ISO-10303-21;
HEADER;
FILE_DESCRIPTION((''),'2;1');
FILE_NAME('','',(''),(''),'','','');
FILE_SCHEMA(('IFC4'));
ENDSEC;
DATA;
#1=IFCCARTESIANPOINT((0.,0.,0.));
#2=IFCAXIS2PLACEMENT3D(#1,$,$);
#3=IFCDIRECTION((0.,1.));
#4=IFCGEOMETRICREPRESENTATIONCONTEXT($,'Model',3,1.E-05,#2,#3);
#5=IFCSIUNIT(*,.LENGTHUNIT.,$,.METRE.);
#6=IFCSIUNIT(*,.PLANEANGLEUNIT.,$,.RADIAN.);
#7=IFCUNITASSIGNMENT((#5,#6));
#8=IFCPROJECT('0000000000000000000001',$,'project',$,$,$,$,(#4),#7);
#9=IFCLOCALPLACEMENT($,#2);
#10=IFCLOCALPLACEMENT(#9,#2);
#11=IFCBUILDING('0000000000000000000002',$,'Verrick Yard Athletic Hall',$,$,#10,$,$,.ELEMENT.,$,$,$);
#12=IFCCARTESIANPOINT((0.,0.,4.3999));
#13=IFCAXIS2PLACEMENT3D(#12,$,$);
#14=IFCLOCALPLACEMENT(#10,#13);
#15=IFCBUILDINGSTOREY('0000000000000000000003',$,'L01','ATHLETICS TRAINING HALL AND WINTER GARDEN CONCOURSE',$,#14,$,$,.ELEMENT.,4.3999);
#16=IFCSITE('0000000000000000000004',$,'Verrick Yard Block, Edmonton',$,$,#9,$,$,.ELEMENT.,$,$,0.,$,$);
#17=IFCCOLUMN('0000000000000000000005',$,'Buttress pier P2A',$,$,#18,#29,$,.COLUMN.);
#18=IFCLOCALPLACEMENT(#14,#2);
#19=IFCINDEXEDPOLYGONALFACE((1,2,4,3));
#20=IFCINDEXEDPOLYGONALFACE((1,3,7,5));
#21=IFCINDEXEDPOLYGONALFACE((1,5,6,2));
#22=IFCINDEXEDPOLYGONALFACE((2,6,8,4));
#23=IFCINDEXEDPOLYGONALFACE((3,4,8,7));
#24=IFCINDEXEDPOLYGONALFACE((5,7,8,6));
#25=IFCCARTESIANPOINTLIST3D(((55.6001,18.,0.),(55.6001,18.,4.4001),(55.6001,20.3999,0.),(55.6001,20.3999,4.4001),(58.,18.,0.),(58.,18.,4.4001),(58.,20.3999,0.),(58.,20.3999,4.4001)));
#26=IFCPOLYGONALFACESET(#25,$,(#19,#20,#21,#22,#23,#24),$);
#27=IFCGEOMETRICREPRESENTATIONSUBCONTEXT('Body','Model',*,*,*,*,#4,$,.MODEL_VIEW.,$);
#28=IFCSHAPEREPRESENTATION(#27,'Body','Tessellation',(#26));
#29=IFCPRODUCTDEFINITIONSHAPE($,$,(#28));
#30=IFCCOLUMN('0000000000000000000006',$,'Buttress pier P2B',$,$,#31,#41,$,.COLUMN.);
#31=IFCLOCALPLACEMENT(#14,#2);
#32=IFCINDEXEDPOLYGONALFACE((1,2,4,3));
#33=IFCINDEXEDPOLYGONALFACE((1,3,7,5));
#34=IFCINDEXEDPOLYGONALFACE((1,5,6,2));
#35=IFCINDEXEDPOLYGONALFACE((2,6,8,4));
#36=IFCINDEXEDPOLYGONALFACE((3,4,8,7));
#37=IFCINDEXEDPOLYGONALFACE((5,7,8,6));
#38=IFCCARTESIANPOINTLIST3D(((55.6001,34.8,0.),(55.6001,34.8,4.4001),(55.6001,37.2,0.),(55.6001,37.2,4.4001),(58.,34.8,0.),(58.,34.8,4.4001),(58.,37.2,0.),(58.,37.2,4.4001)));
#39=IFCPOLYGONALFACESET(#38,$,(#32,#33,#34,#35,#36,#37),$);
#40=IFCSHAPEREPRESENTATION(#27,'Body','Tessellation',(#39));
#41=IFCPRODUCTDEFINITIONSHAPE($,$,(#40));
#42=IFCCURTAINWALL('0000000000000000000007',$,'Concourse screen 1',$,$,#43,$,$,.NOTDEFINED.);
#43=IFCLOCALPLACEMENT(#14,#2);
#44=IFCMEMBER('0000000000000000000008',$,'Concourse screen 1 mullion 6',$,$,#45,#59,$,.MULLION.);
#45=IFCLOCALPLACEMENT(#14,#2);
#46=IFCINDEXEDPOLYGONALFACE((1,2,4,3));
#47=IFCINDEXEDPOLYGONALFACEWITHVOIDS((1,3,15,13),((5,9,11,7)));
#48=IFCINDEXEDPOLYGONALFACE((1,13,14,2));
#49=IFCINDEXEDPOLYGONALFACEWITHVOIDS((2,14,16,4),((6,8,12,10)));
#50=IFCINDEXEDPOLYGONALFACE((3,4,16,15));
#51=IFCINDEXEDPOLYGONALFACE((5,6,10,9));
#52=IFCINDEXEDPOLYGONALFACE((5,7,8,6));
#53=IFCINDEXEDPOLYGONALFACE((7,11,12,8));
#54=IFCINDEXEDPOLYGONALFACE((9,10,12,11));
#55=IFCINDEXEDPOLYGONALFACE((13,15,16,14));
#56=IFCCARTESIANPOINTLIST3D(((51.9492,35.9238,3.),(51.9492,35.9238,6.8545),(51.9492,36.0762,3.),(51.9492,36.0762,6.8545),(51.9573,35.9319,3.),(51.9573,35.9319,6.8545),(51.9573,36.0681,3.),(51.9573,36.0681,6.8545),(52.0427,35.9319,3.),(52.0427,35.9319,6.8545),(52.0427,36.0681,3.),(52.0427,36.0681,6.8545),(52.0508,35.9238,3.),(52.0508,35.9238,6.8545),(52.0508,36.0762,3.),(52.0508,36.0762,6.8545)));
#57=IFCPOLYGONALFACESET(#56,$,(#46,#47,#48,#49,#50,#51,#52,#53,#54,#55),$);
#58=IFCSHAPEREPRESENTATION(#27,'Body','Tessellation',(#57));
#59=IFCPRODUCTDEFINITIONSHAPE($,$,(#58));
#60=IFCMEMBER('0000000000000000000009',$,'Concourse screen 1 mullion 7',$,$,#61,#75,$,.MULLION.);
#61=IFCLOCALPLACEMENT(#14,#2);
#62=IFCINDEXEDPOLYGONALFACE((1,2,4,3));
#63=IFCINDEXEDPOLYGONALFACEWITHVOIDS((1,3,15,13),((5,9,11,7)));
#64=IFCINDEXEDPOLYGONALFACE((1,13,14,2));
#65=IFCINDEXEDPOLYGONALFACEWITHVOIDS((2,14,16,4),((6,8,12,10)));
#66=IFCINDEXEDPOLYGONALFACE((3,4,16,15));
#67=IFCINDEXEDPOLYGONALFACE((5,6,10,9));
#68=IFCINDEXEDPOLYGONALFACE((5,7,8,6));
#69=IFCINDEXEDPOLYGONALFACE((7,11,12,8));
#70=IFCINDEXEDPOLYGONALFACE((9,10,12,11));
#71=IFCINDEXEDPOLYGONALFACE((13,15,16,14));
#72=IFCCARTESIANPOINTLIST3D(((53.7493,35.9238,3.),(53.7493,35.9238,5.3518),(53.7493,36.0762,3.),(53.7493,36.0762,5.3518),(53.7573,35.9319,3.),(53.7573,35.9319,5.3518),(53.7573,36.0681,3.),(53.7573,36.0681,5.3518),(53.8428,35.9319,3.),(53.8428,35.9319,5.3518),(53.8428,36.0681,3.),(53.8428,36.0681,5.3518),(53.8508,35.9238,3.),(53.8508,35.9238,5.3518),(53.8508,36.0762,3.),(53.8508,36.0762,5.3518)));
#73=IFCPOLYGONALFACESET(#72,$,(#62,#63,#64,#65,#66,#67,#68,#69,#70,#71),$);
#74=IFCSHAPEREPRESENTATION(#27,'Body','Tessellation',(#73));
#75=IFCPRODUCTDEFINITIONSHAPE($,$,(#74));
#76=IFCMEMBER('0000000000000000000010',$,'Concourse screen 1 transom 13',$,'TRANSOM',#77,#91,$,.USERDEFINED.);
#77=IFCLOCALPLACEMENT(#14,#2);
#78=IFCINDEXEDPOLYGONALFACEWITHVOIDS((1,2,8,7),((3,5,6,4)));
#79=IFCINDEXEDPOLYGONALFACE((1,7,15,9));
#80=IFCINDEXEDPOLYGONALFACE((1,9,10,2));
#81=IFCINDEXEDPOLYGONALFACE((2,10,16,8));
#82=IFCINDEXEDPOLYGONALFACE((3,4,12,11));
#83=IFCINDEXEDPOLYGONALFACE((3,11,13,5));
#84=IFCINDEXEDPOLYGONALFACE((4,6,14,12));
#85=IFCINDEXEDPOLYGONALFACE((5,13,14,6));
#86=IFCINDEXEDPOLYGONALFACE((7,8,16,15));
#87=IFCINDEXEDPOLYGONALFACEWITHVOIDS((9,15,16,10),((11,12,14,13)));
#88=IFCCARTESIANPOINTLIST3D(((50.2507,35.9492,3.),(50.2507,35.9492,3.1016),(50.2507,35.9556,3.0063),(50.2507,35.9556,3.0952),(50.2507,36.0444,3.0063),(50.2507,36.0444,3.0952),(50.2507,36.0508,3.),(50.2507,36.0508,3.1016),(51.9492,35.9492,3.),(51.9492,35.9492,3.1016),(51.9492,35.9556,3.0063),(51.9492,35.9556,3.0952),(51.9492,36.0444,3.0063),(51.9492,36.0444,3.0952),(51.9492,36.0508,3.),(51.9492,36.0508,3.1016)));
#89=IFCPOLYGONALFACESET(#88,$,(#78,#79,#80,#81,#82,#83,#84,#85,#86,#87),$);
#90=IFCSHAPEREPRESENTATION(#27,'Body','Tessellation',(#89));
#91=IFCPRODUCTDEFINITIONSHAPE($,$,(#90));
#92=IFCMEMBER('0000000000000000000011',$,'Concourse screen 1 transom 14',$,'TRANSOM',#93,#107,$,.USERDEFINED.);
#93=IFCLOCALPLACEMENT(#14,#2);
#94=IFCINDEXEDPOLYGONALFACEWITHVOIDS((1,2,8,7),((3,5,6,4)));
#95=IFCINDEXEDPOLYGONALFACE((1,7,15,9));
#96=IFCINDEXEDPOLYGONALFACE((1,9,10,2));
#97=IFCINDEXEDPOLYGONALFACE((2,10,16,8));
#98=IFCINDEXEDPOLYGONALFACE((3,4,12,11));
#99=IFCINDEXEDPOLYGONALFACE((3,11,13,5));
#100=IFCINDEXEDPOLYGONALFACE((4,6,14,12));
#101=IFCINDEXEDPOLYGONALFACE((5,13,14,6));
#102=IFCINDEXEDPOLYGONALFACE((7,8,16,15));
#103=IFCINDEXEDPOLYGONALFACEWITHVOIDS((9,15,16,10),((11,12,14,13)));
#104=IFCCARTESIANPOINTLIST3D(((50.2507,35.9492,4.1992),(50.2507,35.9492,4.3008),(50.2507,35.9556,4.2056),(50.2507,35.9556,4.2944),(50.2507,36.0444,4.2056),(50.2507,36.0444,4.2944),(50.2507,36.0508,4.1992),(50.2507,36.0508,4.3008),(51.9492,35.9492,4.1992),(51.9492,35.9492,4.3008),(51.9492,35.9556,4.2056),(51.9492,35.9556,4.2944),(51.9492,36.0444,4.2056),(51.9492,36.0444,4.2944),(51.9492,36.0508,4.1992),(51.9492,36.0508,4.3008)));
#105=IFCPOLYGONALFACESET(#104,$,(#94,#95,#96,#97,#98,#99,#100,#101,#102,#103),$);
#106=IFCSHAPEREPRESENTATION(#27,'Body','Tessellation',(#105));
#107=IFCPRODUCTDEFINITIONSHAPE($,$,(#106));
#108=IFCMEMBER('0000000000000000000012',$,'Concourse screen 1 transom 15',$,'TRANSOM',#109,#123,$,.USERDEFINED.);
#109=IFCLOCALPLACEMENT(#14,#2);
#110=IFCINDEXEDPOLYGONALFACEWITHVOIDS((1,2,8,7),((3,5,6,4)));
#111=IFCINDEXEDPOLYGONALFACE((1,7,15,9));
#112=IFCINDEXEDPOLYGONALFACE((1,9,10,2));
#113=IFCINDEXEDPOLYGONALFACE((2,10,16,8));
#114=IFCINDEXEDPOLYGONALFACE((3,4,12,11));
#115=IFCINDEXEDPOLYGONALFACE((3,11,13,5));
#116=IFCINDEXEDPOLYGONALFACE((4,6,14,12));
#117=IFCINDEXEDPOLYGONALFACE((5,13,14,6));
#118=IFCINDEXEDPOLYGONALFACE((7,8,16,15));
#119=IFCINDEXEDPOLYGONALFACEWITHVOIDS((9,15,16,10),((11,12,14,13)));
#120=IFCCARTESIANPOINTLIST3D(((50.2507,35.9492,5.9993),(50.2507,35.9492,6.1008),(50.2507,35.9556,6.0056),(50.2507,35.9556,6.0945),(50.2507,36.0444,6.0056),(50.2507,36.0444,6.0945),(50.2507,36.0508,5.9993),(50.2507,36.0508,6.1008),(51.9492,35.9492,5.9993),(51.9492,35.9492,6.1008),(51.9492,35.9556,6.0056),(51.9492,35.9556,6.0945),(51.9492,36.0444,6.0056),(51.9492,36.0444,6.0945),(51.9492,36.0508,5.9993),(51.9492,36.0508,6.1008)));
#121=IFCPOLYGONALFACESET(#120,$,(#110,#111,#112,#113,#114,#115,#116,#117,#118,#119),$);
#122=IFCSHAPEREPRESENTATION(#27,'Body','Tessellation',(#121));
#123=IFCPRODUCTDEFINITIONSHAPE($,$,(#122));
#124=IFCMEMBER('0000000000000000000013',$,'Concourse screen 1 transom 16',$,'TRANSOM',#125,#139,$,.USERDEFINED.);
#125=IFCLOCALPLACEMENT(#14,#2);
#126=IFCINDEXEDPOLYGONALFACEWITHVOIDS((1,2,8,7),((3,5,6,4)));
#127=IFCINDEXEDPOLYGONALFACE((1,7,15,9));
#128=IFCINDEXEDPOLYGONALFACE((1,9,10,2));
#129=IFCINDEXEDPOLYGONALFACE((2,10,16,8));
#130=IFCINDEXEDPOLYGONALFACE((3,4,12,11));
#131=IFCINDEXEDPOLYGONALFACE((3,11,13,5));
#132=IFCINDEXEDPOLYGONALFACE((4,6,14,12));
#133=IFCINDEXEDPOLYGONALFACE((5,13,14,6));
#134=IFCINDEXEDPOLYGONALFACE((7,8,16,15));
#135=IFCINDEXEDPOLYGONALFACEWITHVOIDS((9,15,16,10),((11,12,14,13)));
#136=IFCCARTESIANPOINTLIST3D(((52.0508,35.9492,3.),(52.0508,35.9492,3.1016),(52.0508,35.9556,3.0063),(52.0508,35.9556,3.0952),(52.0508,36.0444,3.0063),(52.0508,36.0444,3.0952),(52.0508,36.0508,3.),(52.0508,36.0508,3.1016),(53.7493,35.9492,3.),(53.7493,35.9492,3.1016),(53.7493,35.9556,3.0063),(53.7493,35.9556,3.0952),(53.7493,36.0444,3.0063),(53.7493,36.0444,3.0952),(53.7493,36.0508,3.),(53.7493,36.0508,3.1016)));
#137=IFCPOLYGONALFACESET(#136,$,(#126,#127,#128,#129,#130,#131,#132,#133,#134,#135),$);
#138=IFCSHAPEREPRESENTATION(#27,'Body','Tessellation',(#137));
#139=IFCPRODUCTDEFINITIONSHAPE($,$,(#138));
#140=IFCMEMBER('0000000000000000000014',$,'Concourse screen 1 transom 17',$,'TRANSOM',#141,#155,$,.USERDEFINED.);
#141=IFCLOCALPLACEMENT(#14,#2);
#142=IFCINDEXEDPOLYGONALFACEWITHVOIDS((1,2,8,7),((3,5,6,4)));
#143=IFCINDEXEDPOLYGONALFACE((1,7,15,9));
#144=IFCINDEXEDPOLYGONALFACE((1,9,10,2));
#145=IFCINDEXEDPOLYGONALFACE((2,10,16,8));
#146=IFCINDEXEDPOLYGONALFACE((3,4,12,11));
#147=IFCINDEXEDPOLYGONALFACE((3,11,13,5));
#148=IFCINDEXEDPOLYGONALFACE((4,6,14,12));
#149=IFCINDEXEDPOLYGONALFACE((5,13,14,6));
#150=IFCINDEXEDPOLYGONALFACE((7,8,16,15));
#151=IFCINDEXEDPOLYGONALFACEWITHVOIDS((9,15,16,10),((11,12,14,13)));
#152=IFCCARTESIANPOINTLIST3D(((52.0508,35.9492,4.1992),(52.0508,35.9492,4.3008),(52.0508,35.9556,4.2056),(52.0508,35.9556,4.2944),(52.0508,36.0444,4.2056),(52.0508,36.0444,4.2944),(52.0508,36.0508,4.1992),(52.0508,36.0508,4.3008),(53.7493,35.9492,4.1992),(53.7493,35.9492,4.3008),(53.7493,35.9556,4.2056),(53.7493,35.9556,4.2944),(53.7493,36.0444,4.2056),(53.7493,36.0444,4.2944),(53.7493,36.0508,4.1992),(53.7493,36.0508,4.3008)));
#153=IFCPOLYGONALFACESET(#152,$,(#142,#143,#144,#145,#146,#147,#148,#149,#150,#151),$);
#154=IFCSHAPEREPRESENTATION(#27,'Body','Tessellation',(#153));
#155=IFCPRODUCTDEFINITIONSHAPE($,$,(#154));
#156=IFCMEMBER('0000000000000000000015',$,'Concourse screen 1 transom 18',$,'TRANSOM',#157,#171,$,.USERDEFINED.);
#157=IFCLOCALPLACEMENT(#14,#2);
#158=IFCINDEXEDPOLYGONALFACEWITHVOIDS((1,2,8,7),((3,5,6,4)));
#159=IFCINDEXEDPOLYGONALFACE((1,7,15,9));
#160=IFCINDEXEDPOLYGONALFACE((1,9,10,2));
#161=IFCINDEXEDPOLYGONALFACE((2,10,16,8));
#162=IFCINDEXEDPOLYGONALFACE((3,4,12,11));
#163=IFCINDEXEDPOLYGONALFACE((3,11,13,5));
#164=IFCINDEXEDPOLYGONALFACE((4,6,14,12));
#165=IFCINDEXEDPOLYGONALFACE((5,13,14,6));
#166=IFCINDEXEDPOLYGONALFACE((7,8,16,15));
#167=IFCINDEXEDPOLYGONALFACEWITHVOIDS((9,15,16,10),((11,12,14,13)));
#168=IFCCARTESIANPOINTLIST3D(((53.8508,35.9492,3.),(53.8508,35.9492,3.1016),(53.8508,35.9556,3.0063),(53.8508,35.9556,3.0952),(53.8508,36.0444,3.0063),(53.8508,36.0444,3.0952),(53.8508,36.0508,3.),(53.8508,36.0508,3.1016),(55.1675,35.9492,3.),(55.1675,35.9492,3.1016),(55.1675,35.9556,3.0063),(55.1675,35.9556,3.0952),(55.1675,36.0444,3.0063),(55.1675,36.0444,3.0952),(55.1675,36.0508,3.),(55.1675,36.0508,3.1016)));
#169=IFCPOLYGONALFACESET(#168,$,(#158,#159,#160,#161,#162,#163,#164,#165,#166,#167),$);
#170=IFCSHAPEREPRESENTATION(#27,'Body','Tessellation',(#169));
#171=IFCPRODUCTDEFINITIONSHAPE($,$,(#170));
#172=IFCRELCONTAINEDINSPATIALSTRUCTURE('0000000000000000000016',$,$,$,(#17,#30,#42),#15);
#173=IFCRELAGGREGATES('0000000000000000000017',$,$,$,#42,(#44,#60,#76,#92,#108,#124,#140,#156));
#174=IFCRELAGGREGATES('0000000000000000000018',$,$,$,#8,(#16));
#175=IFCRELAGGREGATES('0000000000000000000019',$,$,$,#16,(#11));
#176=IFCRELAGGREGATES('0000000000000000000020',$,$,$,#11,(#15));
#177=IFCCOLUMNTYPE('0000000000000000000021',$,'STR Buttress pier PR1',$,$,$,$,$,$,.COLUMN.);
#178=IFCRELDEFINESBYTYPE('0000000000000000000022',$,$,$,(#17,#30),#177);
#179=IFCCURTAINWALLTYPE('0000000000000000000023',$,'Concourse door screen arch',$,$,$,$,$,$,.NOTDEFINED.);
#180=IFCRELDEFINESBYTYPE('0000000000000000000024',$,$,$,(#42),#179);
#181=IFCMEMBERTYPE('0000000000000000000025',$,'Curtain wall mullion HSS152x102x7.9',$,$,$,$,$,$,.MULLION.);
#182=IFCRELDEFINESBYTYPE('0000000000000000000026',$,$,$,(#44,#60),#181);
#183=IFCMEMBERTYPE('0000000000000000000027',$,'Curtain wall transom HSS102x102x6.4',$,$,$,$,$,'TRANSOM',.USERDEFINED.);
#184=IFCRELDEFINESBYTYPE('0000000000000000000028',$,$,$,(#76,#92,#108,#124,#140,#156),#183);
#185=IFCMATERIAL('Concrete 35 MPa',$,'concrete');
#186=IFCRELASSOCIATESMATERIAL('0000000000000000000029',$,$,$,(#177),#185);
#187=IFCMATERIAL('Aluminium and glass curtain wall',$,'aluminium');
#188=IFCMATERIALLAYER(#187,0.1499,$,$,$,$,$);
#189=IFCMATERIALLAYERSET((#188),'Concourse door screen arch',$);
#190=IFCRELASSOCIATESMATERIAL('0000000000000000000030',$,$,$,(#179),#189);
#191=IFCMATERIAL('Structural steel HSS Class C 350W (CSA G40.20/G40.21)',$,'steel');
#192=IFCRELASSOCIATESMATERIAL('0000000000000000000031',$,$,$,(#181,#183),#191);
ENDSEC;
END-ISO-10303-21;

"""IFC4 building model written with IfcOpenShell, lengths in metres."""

from ifc_helpers import new_model, si_unit, direction, frame, origin, origin_2d, place, context, subcontext, project, spatial, rectangle, hollow_rectangle, extrude, material, layer, layer_set, material_profile, profile_set, type_object, element, aggregate, save


model = new_model("IFC4")

# Units and contexts
model_context = context("Model", 3, precision=1e-05, world=origin(), true_north=direction((0.0, 1.0)))
body_context = subcontext(model_context, "Body", "Model", "MODEL_VIEW")
ifc_project = project(units=[si_unit("LENGTHUNIT", "METRE"), si_unit("PLANEANGLEUNIT", "RADIAN")], contexts=[model_context])

# Site, building, storey
site_placement = place(None, origin())
site = spatial("IfcSite", under=ifc_project, at=site_placement, Name="Verrick Yard Block, Edmonton", CompositionType="ELEMENT", RefElevation=0.0)
building_placement = place(site_placement, origin())
building = spatial("IfcBuilding", under=site, at=building_placement, Name="Verrick Yard Athletic Hall", CompositionType="ELEMENT")
storey_placement = place(building_placement, frame((0.0, 0.0, 4.3999)))
storey = spatial("IfcBuildingStorey", under=building, at=storey_placement, Name="L01", Description="ATHLETICS TRAINING HALL AND WINTER GARDEN CONCOURSE", CompositionType="ELEMENT", Elevation=4.3999)

# Columns
ifc_material_1 = material(Name="Concrete 35 MPa", Category="concrete")
ifc_material_profile_1 = material_profile(ifc_material_1, rectangle(XDim=2.3999, YDim=2.3999, at=origin_2d()), Name="STR Buttress pier PR1")
ifc_profile_set_1 = profile_set([ifc_material_profile_1], Name="Concrete 35 MPa")
column_type = type_object("IfcColumnType", Name="STR Buttress pier PR1", PredefinedType="COLUMN", material=ifc_profile_set_1)
for number, where, z_axis, x_axis, name in (
    (1, (56.8, 19.2, 0.0), (0.0, 0.0, 1.0), (1.0, 0.0, 0.0), "Buttress pier P2A"),
    (2, (56.8, 36.0, 0.0), (0.0, 0.0, 1.0), (1.0, 0.0, 0.0), "Buttress pier P2B"),
):
    element("IfcColumn", number, at=place(storey_placement, frame(where, z_axis=z_axis, x_axis=x_axis)), inside=storey, type_object=column_type, Name=name, PredefinedType="COLUMN", context=body_context, shape_type="SweptSolid", body=[
        extrude(rectangle(XDim=2.3999, YDim=2.3999, at=origin_2d()), origin(), (0.0, 0.0, 1.0), 4.4001),
    ])

# Curtain wall, members
ifc_material_2 = material(Name="Aluminium and glass curtain wall", Category="aluminium")
ifc_layer_1 = layer(ifc_material_2, 0.1499)
ifc_layer_set_1 = layer_set([ifc_layer_1], Name="Concourse door screen arch")
curtain_wall_type_1 = type_object("IfcCurtainWallType", Name="Concourse door screen arch", PredefinedType="NOTDEFINED", material=ifc_layer_set_1)
curtain_wall_1_placement = place(storey_placement, origin())
curtain_wall_1 = element("IfcCurtainWall", 3, at=curtain_wall_1_placement, inside=storey, type_object=curtain_wall_type_1, Name="Concourse screen 1", PredefinedType="NOTDEFINED")
ifc_material_3 = material(Name="Structural steel HSS Class C 350W (CSA G40.20/G40.21)", Category="steel")
ifc_material_profile_2 = material_profile(ifc_material_3, hollow_rectangle(XDim=0.1016, YDim=0.1523, WallThickness=0.0081, at=origin_2d()), Name="HSS152x102x7.9")
ifc_profile_set_2 = profile_set([ifc_material_profile_2], Name="Structural steel HSS Class C 350W (CSA G40.20/G40.21)")
member_type_1 = type_object("IfcMemberType", Name="Curtain wall mullion HSS152x102x7.9", PredefinedType="MULLION", material=ifc_profile_set_2)
member_1_placement = place(storey_placement, frame((52.0, 36.0, 3.0), z_axis=(0.0, 0.0, 1.0), x_axis=(1.0, 0.0, 0.0)))
member_1 = element("IfcMember", 4, at=member_1_placement, type_object=member_type_1, Name="Concourse screen 1 mullion 6", PredefinedType="MULLION", context=body_context, shape_type="SweptSolid", body=[
    extrude(hollow_rectangle(XDim=0.1016, YDim=0.1523, WallThickness=0.0081, at=origin_2d()), origin(), (0.0, 0.0, 1.0), 3.8545),
])
member_2_placement = place(storey_placement, frame((53.8, 36.0, 3.0), z_axis=(0.0, 0.0, 1.0), x_axis=(1.0, 0.0, 0.0)))
member_2 = element("IfcMember", 5, at=member_2_placement, type_object=member_type_1, Name="Concourse screen 1 mullion 7", PredefinedType="MULLION", context=body_context, shape_type="SweptSolid", body=[
    extrude(hollow_rectangle(XDim=0.1016, YDim=0.1523, WallThickness=0.0081, at=origin_2d()), origin(), (0.0, 0.0, 1.0), 2.3518),
])
ifc_material_profile_3 = material_profile(ifc_material_3, hollow_rectangle(XDim=0.1016, YDim=0.1016, WallThickness=0.0063, at=origin_2d()), Name="HSS102x102x6.4")
ifc_profile_set_3 = profile_set([ifc_material_profile_3], Name="Structural steel HSS Class C 350W (CSA G40.20/G40.21)")
member_type_2 = type_object("IfcMemberType", Name="Curtain wall transom HSS102x102x6.4", ElementType="TRANSOM", PredefinedType="USERDEFINED", material=ifc_profile_set_3)
member_3_placement = place(storey_placement, frame((50.2507, 36.0, 3.0508), z_axis=(1.0, 0.0, 0.0), x_axis=(0.0, 1.0, 0.0)))
member_3 = element("IfcMember", 6, at=member_3_placement, type_object=member_type_2, Name="Concourse screen 1 transom 13", ObjectType="TRANSOM", PredefinedType="USERDEFINED", context=body_context, shape_type="SweptSolid", body=[
    extrude(hollow_rectangle(XDim=0.1016, YDim=0.1016, WallThickness=0.0063, at=origin_2d()), origin(), (0.0, 0.0, 1.0), 1.6985),
])
member_4_placement = place(storey_placement, frame((50.2507, 36.0, 4.25), z_axis=(1.0, 0.0, 0.0), x_axis=(0.0, 1.0, 0.0)))
member_4 = element("IfcMember", 7, at=member_4_placement, type_object=member_type_2, Name="Concourse screen 1 transom 14", ObjectType="TRANSOM", PredefinedType="USERDEFINED", context=body_context, shape_type="SweptSolid", body=[
    extrude(hollow_rectangle(XDim=0.1016, YDim=0.1016, WallThickness=0.0063, at=origin_2d()), origin(), (0.0, 0.0, 1.0), 1.6985),
])
member_5_placement = place(storey_placement, frame((50.2507, 36.0, 6.05), z_axis=(1.0, 0.0, 0.0), x_axis=(0.0, 1.0, 0.0)))
member_5 = element("IfcMember", 8, at=member_5_placement, type_object=member_type_2, Name="Concourse screen 1 transom 15", ObjectType="TRANSOM", PredefinedType="USERDEFINED", context=body_context, shape_type="SweptSolid", body=[
    extrude(hollow_rectangle(XDim=0.1016, YDim=0.1016, WallThickness=0.0063, at=origin_2d()), origin(), (0.0, 0.0, 1.0), 1.6985),
])
member_6_placement = place(storey_placement, frame((52.0508, 36.0, 3.0508), z_axis=(1.0, 0.0, 0.0), x_axis=(0.0, 1.0, 0.0)))
member_6 = element("IfcMember", 9, at=member_6_placement, type_object=member_type_2, Name="Concourse screen 1 transom 16", ObjectType="TRANSOM", PredefinedType="USERDEFINED", context=body_context, shape_type="SweptSolid", body=[
    extrude(hollow_rectangle(XDim=0.1016, YDim=0.1016, WallThickness=0.0063, at=origin_2d()), origin(), (0.0, 0.0, 1.0), 1.6985),
])
member_7_placement = place(storey_placement, frame((52.0508, 36.0, 4.25), z_axis=(1.0, 0.0, 0.0), x_axis=(0.0, 1.0, 0.0)))
member_7 = element("IfcMember", 10, at=member_7_placement, type_object=member_type_2, Name="Concourse screen 1 transom 17", ObjectType="TRANSOM", PredefinedType="USERDEFINED", context=body_context, shape_type="SweptSolid", body=[
    extrude(hollow_rectangle(XDim=0.1016, YDim=0.1016, WallThickness=0.0063, at=origin_2d()), origin(), (0.0, 0.0, 1.0), 1.6985),
])
member_8_placement = place(storey_placement, frame((53.8508, 36.0, 3.0508), z_axis=(1.0, 0.0, 0.0), x_axis=(0.0, 1.0, 0.0)))
member_8 = element("IfcMember", 11, at=member_8_placement, type_object=member_type_2, Name="Concourse screen 1 transom 18", ObjectType="TRANSOM", PredefinedType="USERDEFINED", context=body_context, shape_type="SweptSolid", body=[
    extrude(hollow_rectangle(XDim=0.1016, YDim=0.1016, WallThickness=0.0063, at=origin_2d()), origin(), (0.0, 0.0, 1.0), 1.3167),
])
aggregate(curtain_wall_1, [member_1, member_2, member_3, member_4, member_5, member_6, member_7, member_8])

save(model, "model.ifc")
